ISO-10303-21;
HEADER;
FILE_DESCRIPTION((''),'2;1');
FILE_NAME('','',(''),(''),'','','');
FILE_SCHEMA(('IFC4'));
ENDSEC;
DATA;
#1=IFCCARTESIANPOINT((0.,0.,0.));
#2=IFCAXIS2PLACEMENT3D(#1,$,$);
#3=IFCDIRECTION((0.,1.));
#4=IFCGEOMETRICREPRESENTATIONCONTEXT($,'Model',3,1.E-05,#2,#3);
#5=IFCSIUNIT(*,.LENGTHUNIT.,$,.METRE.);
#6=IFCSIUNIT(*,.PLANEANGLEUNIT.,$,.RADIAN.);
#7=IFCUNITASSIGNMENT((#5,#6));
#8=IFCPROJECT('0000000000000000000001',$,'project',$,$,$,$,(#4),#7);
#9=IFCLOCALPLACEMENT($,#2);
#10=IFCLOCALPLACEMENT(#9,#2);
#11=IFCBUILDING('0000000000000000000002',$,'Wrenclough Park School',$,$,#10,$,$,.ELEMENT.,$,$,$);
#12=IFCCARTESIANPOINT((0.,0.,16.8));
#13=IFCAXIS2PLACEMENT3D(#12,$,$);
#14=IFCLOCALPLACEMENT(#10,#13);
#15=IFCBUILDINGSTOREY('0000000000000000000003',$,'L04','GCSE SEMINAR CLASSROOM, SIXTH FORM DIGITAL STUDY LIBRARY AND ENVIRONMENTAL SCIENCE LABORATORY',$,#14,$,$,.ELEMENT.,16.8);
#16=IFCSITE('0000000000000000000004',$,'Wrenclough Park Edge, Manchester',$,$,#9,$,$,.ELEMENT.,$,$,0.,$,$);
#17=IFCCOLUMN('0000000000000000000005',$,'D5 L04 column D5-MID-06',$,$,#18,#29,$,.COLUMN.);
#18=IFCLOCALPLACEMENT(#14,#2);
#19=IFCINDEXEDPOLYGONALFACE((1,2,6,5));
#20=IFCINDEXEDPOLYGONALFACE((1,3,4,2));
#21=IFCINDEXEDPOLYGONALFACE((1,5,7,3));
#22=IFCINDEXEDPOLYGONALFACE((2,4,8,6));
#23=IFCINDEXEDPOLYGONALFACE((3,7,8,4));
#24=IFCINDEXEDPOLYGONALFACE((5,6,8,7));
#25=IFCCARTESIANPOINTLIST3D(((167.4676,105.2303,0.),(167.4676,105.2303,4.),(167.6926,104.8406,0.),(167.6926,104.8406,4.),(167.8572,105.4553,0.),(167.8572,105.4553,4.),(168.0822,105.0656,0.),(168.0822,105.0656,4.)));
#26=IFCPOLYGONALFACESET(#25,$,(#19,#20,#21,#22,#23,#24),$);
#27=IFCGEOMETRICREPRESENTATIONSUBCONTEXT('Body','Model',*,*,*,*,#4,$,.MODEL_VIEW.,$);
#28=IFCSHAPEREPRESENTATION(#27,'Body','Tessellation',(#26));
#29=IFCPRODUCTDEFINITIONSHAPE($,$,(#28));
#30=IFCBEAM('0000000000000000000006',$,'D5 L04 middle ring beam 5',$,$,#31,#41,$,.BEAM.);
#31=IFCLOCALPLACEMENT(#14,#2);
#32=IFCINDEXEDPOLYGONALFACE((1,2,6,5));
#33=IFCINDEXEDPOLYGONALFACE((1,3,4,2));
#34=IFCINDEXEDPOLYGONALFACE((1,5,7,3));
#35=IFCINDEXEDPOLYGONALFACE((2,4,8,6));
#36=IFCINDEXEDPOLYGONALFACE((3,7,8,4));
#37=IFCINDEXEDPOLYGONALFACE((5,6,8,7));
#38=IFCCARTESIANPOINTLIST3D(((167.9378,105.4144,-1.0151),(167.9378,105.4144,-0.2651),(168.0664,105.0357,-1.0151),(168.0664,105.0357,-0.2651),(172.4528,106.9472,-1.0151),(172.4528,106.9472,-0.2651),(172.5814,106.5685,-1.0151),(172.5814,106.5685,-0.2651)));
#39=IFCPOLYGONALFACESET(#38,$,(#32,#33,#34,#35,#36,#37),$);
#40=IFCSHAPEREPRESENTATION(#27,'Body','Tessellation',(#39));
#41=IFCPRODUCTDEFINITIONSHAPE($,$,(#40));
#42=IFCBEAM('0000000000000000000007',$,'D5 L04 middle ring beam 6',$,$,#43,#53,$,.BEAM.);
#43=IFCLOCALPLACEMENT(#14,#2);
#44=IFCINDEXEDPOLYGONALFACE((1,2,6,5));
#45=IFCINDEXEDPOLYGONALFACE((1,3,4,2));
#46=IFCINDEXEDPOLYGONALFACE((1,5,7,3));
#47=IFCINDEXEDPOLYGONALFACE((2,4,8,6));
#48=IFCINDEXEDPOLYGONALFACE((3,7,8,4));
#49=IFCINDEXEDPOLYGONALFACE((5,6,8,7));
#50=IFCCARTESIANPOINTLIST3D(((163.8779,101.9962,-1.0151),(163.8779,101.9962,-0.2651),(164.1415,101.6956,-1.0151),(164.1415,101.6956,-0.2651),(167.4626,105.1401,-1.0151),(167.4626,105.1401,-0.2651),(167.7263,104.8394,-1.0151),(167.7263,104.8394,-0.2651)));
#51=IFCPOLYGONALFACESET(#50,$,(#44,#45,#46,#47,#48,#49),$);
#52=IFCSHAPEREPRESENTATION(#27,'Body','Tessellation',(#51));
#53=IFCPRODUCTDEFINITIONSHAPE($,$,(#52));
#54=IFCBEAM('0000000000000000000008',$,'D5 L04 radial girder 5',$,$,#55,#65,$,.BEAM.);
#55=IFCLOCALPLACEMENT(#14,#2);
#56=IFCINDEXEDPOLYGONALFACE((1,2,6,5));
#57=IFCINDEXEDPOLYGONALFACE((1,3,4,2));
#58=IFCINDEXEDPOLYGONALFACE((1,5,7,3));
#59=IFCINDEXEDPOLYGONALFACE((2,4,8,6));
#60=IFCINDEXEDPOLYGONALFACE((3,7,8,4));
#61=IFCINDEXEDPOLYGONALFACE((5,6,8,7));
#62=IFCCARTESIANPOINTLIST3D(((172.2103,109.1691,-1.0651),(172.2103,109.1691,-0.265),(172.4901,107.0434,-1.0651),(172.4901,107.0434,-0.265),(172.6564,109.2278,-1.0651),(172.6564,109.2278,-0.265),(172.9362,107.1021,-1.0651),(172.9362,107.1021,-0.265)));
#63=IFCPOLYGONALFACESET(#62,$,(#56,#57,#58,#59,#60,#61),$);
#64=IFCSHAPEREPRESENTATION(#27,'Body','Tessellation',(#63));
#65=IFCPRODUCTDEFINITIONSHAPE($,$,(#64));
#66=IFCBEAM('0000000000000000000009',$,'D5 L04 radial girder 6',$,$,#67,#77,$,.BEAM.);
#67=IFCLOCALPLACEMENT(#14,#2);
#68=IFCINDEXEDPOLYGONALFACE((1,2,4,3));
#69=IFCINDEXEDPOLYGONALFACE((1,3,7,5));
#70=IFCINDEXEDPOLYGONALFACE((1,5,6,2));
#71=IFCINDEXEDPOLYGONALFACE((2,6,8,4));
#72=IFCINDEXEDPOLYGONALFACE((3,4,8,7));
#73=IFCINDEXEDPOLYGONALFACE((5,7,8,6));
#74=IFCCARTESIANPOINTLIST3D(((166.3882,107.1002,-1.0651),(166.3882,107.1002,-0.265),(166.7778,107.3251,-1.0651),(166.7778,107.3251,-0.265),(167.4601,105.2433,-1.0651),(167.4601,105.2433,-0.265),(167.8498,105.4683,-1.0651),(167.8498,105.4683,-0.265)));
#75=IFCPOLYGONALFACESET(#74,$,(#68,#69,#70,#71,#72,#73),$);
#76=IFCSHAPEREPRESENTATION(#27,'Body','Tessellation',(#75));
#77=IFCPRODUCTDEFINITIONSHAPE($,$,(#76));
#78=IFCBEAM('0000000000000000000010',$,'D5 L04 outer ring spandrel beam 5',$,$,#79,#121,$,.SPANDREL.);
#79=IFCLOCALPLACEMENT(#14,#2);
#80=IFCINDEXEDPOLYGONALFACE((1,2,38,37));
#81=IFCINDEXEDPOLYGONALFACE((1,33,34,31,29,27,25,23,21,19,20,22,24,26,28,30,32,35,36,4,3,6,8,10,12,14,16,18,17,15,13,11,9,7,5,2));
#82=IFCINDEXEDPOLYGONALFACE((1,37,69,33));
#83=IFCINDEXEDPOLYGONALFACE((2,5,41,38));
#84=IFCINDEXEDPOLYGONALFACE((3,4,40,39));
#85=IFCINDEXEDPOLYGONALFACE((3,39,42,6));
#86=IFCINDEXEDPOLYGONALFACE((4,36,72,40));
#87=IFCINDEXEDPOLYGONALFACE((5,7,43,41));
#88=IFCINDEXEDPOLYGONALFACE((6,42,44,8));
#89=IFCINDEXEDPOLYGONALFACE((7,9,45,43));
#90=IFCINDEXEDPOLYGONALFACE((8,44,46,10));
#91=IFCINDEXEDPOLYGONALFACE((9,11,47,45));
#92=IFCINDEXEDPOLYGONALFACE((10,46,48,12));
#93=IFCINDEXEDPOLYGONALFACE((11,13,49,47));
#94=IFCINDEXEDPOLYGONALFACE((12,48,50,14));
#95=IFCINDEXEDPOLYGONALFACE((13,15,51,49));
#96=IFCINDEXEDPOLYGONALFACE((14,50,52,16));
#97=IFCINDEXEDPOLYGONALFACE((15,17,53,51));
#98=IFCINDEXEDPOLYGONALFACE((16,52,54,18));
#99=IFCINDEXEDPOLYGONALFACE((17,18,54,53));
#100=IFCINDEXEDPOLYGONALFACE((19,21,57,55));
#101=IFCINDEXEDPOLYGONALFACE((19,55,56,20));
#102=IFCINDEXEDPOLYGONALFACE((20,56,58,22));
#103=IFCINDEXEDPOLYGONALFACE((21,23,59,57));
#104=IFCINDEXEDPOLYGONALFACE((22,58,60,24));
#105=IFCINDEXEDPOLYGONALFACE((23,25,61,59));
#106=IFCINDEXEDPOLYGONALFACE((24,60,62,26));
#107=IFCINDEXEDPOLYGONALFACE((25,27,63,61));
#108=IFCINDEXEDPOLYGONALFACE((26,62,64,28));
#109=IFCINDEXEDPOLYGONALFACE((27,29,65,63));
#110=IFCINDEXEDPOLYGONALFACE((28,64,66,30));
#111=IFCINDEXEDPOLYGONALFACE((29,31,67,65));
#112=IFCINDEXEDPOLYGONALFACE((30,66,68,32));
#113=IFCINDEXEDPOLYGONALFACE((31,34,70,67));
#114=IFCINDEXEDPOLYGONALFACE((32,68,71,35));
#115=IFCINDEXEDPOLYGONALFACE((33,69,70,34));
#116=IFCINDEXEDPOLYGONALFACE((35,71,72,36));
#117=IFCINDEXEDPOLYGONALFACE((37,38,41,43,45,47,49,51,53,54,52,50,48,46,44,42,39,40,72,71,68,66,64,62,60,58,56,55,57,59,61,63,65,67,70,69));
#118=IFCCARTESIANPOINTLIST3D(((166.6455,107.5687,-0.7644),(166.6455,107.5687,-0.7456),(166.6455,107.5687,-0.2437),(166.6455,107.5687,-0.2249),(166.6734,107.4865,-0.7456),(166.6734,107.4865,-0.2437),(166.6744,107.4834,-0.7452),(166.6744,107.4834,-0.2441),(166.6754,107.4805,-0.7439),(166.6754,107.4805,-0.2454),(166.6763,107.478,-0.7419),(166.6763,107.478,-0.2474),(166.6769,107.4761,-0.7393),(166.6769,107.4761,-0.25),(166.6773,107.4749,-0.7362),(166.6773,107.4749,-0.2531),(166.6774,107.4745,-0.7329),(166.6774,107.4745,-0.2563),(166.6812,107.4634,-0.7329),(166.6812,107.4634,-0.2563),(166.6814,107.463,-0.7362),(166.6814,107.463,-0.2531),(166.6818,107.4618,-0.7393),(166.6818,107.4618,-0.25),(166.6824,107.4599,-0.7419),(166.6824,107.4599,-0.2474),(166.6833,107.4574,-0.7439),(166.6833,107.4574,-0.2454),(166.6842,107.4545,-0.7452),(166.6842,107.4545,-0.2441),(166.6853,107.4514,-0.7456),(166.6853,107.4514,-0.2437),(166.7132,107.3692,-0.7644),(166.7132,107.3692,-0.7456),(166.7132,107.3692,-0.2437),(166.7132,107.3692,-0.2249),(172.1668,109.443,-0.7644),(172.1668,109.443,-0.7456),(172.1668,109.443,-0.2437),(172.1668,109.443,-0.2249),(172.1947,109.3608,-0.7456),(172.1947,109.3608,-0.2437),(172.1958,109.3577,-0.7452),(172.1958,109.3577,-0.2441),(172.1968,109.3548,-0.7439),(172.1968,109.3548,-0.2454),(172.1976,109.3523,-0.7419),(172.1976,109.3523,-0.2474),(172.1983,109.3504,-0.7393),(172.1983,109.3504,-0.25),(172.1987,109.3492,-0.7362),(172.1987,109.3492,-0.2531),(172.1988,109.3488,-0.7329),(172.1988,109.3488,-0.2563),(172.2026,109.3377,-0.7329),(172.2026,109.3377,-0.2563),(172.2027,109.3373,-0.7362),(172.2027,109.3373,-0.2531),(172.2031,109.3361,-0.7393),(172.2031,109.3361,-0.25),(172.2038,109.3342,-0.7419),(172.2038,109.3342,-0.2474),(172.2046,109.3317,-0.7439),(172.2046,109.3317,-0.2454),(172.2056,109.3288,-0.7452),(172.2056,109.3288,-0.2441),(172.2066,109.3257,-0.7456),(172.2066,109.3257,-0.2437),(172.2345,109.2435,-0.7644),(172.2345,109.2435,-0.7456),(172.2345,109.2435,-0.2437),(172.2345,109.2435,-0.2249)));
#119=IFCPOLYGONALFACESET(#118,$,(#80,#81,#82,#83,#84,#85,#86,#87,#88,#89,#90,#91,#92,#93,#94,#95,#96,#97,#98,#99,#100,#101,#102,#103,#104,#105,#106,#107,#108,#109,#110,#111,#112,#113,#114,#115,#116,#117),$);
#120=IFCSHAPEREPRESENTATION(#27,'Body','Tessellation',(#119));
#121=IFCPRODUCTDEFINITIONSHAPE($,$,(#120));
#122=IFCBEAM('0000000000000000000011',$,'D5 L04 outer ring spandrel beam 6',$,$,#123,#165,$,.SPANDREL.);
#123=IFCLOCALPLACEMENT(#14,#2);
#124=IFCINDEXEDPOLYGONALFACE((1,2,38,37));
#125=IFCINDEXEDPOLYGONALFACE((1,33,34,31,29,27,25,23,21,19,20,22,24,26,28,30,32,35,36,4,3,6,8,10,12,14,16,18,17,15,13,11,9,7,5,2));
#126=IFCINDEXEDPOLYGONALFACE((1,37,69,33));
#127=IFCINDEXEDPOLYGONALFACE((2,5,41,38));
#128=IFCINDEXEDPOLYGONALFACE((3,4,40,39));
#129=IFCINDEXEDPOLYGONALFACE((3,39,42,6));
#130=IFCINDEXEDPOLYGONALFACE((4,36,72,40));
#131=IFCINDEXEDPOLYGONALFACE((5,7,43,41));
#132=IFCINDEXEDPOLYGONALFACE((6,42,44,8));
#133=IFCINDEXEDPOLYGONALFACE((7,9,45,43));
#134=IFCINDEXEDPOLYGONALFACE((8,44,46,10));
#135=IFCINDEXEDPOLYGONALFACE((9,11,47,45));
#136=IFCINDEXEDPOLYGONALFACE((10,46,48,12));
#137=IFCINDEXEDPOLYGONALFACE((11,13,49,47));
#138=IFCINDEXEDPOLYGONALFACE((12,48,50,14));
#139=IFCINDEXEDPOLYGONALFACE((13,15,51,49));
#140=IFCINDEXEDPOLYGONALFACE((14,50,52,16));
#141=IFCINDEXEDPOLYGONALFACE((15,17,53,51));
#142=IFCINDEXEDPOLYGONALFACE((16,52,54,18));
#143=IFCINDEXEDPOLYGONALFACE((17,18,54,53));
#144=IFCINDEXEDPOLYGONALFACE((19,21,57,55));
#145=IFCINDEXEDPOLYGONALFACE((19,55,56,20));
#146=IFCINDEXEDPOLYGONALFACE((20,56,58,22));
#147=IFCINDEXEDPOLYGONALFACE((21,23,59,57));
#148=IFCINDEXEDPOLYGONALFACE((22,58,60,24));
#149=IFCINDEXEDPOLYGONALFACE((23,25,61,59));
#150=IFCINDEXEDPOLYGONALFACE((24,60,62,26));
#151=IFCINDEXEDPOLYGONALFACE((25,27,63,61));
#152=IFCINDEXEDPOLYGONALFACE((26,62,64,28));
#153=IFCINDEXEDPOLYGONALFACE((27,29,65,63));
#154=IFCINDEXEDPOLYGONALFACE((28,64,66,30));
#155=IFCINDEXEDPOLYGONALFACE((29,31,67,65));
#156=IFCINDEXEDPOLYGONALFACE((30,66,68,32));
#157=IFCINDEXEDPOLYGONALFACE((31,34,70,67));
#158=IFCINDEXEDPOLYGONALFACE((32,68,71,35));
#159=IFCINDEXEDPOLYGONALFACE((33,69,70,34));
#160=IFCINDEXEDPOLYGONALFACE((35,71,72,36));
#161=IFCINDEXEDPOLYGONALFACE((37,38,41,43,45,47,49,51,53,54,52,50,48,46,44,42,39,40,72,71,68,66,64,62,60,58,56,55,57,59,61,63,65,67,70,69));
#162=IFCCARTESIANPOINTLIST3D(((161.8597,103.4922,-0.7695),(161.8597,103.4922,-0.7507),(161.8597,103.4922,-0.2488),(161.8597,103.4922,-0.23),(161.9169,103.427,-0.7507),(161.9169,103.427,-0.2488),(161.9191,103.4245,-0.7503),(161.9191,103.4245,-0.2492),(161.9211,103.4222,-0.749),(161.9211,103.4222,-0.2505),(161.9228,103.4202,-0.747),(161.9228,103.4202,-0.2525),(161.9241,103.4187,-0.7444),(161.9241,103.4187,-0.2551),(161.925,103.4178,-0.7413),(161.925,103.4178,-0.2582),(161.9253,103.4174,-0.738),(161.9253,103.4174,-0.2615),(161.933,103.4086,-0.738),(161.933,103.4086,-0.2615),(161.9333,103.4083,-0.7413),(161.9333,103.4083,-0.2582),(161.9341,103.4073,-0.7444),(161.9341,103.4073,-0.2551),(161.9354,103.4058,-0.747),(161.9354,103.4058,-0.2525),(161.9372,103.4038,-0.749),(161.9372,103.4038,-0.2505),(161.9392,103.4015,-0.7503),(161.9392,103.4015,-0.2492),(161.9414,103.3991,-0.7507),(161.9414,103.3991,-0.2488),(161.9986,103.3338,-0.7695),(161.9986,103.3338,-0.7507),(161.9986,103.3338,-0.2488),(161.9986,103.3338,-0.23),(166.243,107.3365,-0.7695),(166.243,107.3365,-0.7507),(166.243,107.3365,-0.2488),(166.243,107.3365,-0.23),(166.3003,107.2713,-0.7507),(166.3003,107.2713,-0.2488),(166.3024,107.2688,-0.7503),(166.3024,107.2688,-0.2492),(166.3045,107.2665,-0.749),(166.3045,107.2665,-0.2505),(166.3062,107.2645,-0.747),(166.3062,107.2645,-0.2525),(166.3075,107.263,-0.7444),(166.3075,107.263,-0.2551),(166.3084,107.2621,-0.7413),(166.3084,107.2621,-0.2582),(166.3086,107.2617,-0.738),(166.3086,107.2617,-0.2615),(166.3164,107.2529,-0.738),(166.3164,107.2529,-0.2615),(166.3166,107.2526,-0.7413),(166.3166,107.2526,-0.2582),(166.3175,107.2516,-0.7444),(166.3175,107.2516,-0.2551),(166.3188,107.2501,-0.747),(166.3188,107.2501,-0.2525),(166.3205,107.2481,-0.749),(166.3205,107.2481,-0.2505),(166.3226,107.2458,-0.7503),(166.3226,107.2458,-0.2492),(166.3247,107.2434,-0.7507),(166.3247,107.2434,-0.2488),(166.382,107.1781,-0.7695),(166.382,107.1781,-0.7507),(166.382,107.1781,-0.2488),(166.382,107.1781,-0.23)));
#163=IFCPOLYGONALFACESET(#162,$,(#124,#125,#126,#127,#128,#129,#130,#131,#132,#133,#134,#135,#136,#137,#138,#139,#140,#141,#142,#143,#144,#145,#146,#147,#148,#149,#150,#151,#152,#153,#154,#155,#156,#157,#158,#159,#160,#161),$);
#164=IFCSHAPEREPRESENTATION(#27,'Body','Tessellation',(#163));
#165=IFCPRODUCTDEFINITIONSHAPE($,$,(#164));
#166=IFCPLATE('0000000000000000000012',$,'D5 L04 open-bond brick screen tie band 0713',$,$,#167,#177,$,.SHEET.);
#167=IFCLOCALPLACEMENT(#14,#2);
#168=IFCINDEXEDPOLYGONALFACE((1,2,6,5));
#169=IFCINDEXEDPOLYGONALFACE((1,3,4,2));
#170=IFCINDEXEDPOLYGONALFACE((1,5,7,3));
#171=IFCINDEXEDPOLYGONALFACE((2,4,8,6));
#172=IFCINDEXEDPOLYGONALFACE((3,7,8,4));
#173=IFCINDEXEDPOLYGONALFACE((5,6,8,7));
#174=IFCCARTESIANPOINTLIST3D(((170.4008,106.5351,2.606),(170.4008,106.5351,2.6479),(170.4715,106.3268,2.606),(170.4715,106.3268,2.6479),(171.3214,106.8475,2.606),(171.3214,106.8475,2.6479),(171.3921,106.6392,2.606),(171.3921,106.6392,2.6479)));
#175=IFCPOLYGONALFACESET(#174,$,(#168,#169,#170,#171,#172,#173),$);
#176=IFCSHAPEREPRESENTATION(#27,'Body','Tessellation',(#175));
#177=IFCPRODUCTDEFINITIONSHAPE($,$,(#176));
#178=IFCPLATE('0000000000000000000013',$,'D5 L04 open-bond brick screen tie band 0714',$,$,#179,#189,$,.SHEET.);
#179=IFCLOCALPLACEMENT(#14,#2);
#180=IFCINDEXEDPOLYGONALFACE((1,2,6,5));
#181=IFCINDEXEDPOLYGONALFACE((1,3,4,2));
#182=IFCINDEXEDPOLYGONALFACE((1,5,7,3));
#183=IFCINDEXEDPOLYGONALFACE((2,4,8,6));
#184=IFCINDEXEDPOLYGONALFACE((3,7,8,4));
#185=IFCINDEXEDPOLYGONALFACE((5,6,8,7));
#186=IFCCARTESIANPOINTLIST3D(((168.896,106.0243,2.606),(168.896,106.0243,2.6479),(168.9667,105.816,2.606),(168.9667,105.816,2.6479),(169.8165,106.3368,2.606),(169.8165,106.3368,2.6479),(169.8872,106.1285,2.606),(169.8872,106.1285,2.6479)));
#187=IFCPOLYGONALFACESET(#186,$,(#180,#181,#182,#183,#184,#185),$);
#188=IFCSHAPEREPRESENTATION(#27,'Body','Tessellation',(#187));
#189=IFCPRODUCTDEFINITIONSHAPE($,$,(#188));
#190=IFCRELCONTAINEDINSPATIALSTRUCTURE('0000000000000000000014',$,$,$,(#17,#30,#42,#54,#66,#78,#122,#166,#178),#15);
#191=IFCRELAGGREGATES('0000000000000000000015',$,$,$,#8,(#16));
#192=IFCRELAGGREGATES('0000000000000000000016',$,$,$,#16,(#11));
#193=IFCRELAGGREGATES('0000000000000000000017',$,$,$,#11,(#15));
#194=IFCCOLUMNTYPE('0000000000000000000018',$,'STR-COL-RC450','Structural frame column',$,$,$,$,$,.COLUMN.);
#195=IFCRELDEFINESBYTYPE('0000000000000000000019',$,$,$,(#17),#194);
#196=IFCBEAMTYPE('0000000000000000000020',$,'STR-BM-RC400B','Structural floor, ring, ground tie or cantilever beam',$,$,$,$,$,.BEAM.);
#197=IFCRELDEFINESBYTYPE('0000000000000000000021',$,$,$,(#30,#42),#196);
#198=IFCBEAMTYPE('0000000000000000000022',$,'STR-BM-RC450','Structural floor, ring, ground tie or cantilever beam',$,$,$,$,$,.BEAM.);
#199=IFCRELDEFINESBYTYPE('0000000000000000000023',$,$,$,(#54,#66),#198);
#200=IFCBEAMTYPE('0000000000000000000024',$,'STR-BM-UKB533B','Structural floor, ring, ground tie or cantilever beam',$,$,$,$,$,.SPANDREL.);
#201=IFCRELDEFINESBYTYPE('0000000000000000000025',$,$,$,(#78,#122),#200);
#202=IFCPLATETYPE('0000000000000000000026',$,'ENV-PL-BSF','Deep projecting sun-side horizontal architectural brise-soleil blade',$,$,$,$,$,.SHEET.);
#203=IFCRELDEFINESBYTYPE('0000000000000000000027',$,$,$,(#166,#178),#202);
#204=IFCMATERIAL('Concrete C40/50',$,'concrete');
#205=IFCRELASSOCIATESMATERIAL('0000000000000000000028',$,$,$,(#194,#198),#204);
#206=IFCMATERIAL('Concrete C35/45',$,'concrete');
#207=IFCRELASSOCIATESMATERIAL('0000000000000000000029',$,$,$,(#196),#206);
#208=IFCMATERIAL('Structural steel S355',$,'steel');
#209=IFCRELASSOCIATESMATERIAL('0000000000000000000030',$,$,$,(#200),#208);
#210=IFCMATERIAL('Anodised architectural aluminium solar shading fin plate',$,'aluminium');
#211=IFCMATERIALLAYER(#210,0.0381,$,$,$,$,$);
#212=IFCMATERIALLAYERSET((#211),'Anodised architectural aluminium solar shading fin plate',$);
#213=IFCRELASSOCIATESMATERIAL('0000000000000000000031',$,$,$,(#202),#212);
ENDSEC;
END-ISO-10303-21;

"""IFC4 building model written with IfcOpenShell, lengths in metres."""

from ifc_helpers import new_model, si_unit, direction, frame, origin, origin_2d, place, context, subcontext, project, spatial, rectangle, i_section, extrude, material, layer, layer_set, material_profile, profile_set, type_object, element, save


model = new_model("IFC4")

# Units and contexts
model_context = context("Model", 3, precision=1e-05, world=origin(), true_north=direction((0.0, 1.0)))
body_context = subcontext(model_context, "Body", "Model", "MODEL_VIEW")
ifc_project = project(units=[si_unit("LENGTHUNIT", "METRE"), si_unit("PLANEANGLEUNIT", "RADIAN")], contexts=[model_context])

# Site, building, storey
site_placement = place(None, origin())
site = spatial("IfcSite", under=ifc_project, at=site_placement, Name="Wrenclough Park Edge, Manchester", CompositionType="ELEMENT", RefElevation=0.0)
building_placement = place(site_placement, origin())
building = spatial("IfcBuilding", under=site, at=building_placement, Name="Wrenclough Park School", CompositionType="ELEMENT")
storey_placement = place(building_placement, frame((0.0, 0.0, 16.8)))
storey = spatial("IfcBuildingStorey", under=building, at=storey_placement, Name="L04", Description="GCSE SEMINAR CLASSROOM, SIXTH FORM DIGITAL STUDY LIBRARY AND ENVIRONMENTAL SCIENCE LABORATORY", CompositionType="ELEMENT", Elevation=16.8)

# Column
ifc_material_1 = material(Name="Concrete C40/50", Category="concrete")
ifc_material_profile_1 = material_profile(ifc_material_1, rectangle(XDim=0.45, YDim=0.45, at=origin_2d()), Name="RC COL 450x450")
ifc_profile_set_1 = profile_set([ifc_material_profile_1], Name="Concrete C40/50")
column_type = type_object("IfcColumnType", Name="STR-COL-RC450", Description="Structural frame column", PredefinedType="COLUMN", material=ifc_profile_set_1)
column_placement = place(storey_placement, frame((167.7749, 105.1479, 0.0), z_axis=(0.0, 0.0, 1.0), x_axis=(-0.866025, -0.5, 0.0)))
element("IfcColumn", 1, at=column_placement, inside=storey, type_object=column_type, Name="D5 L04 column D5-MID-06", PredefinedType="COLUMN", context=body_context, shape_type="SweptSolid", body=[
    extrude(rectangle(XDim=0.45, YDim=0.45, at=origin_2d()), origin(), (0.0, 0.0, 1.0), 4.0),
])

# Beams
ifc_material_2 = material(Name="Concrete C35/45", Category="concrete")
ifc_material_profile_2 = material_profile(ifc_material_2, rectangle(XDim=0.3999, YDim=0.75, at=origin_2d()), Name="RC BEAM 400x750")
ifc_profile_set_2 = profile_set([ifc_material_profile_2], Name="Concrete C35/45")
beam_type_1 = type_object("IfcBeamType", Name="STR-BM-RC400B", Description="Structural floor, ring, ground tie or cantilever beam", PredefinedType="BEAM", material=ifc_profile_set_2)
for number, where, z_axis, x_axis, name in (
    (2, (172.5171, 106.7578, -0.6401), (-0.946923, -0.321461, 0.0), (0.321461, -0.946923, 0.0), "D5 L04 middle ring beam 5"),
    (3, (167.5945, 104.9897, -0.6401), (-0.751831, -0.659356, 0.0), (0.659356, -0.751831, 0.0), "D5 L04 middle ring beam 6"),
):
    element("IfcBeam", number, at=place(storey_placement, frame(where, z_axis=z_axis, x_axis=x_axis)), inside=storey, type_object=beam_type_1, Name=name, PredefinedType="BEAM", context=body_context, shape_type="SweptSolid", body=[
        extrude(rectangle(XDim=0.3999, YDim=0.75, at=origin_2d()), origin(), (0.0, 0.0, 1.0), 4.7681),
    ])
ifc_material_profile_3 = material_profile(ifc_material_1, rectangle(XDim=0.45, YDim=0.8, at=origin_2d()), Name="RC BEAM 450x800")
ifc_profile_set_3 = profile_set([ifc_material_profile_3], Name="Concrete C40/50")
beam_type_2 = type_object("IfcBeamType", Name="STR-BM-RC450", Description="Structural floor, ring, ground tie or cantilever beam", PredefinedType="BEAM", material=ifc_profile_set_3)
for number, where, z_axis, x_axis, name in (
    (4, (172.4333, 109.1985, -0.665), (0.130493, -0.991449, 0.0), (0.991449, 0.130493, 0.0), "D5 L04 radial girder 5"),
    (5, (166.583, 107.2126, -0.665), (0.499972, -0.866041, 0.0), (0.866041, 0.499972, 0.0), "D5 L04 radial girder 6"),
):
    element("IfcBeam", number, at=place(storey_placement, frame(where, z_axis=z_axis, x_axis=x_axis)), inside=storey, type_object=beam_type_2, Name=name, PredefinedType="BEAM", context=body_context, shape_type="SweptSolid", body=[
        extrude(rectangle(XDim=0.45, YDim=0.8, at=origin_2d()), origin(), (0.0, 0.0, 1.0), 2.144),
    ])
ifc_material_3 = material(Name="Structural steel S355", Category="steel")
ifc_material_profile_4 = material_profile(ifc_material_3, i_section(OverallWidth=0.2107, OverallDepth=0.5396, WebThickness=0.0117, FlangeThickness=0.0188, FilletRadius=0.0127, at=origin_2d()), Name="UKB 533x210x109")
ifc_profile_set_4 = profile_set([ifc_material_profile_4], Name="Structural steel S355")
beam_type_3 = type_object("IfcBeamType", Name="STR-BM-UKB533B", Description="Structural floor, ring, ground tie or cantilever beam", PredefinedType="SPANDREL", material=ifc_profile_set_4)
beam_1_placement = place(storey_placement, frame((172.2007, 109.3433, -0.4946), z_axis=(-0.946927, -0.321449, 0.0), x_axis=(0.321449, -0.946927, 0.0)))
element("IfcBeam", 6, at=beam_1_placement, inside=storey, type_object=beam_type_3, Name="D5 L04 outer ring spandrel beam 5", PredefinedType="SPANDREL", context=body_context, shape_type="SweptSolid", body=[
    extrude(i_section(OverallWidth=0.2107, OverallDepth=0.5396, WebThickness=0.0117, FlangeThickness=0.0188, FilletRadius=0.0127, at=origin_2d()), origin(), (0.0, 0.0, 1.0), 5.8308),
])
beam_2_placement = place(storey_placement, frame((166.3125, 107.2573, -0.4998), z_axis=(-0.751824, -0.659364, 0.0), x_axis=(0.659364, -0.751824, 0.0)))
element("IfcBeam", 7, at=beam_2_placement, inside=storey, type_object=beam_type_3, Name="D5 L04 outer ring spandrel beam 6", PredefinedType="SPANDREL", context=body_context, shape_type="SweptSolid", body=[
    extrude(i_section(OverallWidth=0.2107, OverallDepth=0.5396, WebThickness=0.0117, FlangeThickness=0.0188, FilletRadius=0.0127, at=origin_2d()), origin(), (0.0, 0.0, 1.0), 5.8303),
])

# Plates
ifc_material_4 = material(Name="Anodised architectural aluminium solar shading fin plate", Category="aluminium")
ifc_layer_1 = layer(ifc_material_4, 0.0381)
ifc_layer_set_1 = layer_set([ifc_layer_1], Name="Anodised architectural aluminium solar shading fin plate")
plate_type = type_object("IfcPlateType", Name="ENV-PL-BSF", Description="Deep projecting sun-side horizontal architectural brise-soleil blade", PredefinedType="SHEET", material=ifc_layer_set_1)
for number, where, z_axis, x_axis, name in (
    (8, (170.8965, 106.5872, 2.606), (0.0, 0.0, 1.0), (-0.946937, -0.321421, 0.0), "D5 L04 open-bond brick screen tie band 0713"),
    (9, (169.3916, 106.0764, 2.606), (0.0, 0.0, 1.0), (-0.946937, -0.321421, 0.0), "D5 L04 open-bond brick screen tie band 0714"),
):
    element("IfcPlate", number, at=place(storey_placement, frame(where, z_axis=z_axis, x_axis=x_axis)), inside=storey, type_object=plate_type, Name=name, PredefinedType="SHEET", context=body_context, shape_type="SweptSolid", body=[
        extrude(rectangle(XDim=0.9722, YDim=0.22, at=origin_2d()), origin(), (0.0, 0.0, 1.0), 0.042),
    ])

save(model, "model.ifc")
